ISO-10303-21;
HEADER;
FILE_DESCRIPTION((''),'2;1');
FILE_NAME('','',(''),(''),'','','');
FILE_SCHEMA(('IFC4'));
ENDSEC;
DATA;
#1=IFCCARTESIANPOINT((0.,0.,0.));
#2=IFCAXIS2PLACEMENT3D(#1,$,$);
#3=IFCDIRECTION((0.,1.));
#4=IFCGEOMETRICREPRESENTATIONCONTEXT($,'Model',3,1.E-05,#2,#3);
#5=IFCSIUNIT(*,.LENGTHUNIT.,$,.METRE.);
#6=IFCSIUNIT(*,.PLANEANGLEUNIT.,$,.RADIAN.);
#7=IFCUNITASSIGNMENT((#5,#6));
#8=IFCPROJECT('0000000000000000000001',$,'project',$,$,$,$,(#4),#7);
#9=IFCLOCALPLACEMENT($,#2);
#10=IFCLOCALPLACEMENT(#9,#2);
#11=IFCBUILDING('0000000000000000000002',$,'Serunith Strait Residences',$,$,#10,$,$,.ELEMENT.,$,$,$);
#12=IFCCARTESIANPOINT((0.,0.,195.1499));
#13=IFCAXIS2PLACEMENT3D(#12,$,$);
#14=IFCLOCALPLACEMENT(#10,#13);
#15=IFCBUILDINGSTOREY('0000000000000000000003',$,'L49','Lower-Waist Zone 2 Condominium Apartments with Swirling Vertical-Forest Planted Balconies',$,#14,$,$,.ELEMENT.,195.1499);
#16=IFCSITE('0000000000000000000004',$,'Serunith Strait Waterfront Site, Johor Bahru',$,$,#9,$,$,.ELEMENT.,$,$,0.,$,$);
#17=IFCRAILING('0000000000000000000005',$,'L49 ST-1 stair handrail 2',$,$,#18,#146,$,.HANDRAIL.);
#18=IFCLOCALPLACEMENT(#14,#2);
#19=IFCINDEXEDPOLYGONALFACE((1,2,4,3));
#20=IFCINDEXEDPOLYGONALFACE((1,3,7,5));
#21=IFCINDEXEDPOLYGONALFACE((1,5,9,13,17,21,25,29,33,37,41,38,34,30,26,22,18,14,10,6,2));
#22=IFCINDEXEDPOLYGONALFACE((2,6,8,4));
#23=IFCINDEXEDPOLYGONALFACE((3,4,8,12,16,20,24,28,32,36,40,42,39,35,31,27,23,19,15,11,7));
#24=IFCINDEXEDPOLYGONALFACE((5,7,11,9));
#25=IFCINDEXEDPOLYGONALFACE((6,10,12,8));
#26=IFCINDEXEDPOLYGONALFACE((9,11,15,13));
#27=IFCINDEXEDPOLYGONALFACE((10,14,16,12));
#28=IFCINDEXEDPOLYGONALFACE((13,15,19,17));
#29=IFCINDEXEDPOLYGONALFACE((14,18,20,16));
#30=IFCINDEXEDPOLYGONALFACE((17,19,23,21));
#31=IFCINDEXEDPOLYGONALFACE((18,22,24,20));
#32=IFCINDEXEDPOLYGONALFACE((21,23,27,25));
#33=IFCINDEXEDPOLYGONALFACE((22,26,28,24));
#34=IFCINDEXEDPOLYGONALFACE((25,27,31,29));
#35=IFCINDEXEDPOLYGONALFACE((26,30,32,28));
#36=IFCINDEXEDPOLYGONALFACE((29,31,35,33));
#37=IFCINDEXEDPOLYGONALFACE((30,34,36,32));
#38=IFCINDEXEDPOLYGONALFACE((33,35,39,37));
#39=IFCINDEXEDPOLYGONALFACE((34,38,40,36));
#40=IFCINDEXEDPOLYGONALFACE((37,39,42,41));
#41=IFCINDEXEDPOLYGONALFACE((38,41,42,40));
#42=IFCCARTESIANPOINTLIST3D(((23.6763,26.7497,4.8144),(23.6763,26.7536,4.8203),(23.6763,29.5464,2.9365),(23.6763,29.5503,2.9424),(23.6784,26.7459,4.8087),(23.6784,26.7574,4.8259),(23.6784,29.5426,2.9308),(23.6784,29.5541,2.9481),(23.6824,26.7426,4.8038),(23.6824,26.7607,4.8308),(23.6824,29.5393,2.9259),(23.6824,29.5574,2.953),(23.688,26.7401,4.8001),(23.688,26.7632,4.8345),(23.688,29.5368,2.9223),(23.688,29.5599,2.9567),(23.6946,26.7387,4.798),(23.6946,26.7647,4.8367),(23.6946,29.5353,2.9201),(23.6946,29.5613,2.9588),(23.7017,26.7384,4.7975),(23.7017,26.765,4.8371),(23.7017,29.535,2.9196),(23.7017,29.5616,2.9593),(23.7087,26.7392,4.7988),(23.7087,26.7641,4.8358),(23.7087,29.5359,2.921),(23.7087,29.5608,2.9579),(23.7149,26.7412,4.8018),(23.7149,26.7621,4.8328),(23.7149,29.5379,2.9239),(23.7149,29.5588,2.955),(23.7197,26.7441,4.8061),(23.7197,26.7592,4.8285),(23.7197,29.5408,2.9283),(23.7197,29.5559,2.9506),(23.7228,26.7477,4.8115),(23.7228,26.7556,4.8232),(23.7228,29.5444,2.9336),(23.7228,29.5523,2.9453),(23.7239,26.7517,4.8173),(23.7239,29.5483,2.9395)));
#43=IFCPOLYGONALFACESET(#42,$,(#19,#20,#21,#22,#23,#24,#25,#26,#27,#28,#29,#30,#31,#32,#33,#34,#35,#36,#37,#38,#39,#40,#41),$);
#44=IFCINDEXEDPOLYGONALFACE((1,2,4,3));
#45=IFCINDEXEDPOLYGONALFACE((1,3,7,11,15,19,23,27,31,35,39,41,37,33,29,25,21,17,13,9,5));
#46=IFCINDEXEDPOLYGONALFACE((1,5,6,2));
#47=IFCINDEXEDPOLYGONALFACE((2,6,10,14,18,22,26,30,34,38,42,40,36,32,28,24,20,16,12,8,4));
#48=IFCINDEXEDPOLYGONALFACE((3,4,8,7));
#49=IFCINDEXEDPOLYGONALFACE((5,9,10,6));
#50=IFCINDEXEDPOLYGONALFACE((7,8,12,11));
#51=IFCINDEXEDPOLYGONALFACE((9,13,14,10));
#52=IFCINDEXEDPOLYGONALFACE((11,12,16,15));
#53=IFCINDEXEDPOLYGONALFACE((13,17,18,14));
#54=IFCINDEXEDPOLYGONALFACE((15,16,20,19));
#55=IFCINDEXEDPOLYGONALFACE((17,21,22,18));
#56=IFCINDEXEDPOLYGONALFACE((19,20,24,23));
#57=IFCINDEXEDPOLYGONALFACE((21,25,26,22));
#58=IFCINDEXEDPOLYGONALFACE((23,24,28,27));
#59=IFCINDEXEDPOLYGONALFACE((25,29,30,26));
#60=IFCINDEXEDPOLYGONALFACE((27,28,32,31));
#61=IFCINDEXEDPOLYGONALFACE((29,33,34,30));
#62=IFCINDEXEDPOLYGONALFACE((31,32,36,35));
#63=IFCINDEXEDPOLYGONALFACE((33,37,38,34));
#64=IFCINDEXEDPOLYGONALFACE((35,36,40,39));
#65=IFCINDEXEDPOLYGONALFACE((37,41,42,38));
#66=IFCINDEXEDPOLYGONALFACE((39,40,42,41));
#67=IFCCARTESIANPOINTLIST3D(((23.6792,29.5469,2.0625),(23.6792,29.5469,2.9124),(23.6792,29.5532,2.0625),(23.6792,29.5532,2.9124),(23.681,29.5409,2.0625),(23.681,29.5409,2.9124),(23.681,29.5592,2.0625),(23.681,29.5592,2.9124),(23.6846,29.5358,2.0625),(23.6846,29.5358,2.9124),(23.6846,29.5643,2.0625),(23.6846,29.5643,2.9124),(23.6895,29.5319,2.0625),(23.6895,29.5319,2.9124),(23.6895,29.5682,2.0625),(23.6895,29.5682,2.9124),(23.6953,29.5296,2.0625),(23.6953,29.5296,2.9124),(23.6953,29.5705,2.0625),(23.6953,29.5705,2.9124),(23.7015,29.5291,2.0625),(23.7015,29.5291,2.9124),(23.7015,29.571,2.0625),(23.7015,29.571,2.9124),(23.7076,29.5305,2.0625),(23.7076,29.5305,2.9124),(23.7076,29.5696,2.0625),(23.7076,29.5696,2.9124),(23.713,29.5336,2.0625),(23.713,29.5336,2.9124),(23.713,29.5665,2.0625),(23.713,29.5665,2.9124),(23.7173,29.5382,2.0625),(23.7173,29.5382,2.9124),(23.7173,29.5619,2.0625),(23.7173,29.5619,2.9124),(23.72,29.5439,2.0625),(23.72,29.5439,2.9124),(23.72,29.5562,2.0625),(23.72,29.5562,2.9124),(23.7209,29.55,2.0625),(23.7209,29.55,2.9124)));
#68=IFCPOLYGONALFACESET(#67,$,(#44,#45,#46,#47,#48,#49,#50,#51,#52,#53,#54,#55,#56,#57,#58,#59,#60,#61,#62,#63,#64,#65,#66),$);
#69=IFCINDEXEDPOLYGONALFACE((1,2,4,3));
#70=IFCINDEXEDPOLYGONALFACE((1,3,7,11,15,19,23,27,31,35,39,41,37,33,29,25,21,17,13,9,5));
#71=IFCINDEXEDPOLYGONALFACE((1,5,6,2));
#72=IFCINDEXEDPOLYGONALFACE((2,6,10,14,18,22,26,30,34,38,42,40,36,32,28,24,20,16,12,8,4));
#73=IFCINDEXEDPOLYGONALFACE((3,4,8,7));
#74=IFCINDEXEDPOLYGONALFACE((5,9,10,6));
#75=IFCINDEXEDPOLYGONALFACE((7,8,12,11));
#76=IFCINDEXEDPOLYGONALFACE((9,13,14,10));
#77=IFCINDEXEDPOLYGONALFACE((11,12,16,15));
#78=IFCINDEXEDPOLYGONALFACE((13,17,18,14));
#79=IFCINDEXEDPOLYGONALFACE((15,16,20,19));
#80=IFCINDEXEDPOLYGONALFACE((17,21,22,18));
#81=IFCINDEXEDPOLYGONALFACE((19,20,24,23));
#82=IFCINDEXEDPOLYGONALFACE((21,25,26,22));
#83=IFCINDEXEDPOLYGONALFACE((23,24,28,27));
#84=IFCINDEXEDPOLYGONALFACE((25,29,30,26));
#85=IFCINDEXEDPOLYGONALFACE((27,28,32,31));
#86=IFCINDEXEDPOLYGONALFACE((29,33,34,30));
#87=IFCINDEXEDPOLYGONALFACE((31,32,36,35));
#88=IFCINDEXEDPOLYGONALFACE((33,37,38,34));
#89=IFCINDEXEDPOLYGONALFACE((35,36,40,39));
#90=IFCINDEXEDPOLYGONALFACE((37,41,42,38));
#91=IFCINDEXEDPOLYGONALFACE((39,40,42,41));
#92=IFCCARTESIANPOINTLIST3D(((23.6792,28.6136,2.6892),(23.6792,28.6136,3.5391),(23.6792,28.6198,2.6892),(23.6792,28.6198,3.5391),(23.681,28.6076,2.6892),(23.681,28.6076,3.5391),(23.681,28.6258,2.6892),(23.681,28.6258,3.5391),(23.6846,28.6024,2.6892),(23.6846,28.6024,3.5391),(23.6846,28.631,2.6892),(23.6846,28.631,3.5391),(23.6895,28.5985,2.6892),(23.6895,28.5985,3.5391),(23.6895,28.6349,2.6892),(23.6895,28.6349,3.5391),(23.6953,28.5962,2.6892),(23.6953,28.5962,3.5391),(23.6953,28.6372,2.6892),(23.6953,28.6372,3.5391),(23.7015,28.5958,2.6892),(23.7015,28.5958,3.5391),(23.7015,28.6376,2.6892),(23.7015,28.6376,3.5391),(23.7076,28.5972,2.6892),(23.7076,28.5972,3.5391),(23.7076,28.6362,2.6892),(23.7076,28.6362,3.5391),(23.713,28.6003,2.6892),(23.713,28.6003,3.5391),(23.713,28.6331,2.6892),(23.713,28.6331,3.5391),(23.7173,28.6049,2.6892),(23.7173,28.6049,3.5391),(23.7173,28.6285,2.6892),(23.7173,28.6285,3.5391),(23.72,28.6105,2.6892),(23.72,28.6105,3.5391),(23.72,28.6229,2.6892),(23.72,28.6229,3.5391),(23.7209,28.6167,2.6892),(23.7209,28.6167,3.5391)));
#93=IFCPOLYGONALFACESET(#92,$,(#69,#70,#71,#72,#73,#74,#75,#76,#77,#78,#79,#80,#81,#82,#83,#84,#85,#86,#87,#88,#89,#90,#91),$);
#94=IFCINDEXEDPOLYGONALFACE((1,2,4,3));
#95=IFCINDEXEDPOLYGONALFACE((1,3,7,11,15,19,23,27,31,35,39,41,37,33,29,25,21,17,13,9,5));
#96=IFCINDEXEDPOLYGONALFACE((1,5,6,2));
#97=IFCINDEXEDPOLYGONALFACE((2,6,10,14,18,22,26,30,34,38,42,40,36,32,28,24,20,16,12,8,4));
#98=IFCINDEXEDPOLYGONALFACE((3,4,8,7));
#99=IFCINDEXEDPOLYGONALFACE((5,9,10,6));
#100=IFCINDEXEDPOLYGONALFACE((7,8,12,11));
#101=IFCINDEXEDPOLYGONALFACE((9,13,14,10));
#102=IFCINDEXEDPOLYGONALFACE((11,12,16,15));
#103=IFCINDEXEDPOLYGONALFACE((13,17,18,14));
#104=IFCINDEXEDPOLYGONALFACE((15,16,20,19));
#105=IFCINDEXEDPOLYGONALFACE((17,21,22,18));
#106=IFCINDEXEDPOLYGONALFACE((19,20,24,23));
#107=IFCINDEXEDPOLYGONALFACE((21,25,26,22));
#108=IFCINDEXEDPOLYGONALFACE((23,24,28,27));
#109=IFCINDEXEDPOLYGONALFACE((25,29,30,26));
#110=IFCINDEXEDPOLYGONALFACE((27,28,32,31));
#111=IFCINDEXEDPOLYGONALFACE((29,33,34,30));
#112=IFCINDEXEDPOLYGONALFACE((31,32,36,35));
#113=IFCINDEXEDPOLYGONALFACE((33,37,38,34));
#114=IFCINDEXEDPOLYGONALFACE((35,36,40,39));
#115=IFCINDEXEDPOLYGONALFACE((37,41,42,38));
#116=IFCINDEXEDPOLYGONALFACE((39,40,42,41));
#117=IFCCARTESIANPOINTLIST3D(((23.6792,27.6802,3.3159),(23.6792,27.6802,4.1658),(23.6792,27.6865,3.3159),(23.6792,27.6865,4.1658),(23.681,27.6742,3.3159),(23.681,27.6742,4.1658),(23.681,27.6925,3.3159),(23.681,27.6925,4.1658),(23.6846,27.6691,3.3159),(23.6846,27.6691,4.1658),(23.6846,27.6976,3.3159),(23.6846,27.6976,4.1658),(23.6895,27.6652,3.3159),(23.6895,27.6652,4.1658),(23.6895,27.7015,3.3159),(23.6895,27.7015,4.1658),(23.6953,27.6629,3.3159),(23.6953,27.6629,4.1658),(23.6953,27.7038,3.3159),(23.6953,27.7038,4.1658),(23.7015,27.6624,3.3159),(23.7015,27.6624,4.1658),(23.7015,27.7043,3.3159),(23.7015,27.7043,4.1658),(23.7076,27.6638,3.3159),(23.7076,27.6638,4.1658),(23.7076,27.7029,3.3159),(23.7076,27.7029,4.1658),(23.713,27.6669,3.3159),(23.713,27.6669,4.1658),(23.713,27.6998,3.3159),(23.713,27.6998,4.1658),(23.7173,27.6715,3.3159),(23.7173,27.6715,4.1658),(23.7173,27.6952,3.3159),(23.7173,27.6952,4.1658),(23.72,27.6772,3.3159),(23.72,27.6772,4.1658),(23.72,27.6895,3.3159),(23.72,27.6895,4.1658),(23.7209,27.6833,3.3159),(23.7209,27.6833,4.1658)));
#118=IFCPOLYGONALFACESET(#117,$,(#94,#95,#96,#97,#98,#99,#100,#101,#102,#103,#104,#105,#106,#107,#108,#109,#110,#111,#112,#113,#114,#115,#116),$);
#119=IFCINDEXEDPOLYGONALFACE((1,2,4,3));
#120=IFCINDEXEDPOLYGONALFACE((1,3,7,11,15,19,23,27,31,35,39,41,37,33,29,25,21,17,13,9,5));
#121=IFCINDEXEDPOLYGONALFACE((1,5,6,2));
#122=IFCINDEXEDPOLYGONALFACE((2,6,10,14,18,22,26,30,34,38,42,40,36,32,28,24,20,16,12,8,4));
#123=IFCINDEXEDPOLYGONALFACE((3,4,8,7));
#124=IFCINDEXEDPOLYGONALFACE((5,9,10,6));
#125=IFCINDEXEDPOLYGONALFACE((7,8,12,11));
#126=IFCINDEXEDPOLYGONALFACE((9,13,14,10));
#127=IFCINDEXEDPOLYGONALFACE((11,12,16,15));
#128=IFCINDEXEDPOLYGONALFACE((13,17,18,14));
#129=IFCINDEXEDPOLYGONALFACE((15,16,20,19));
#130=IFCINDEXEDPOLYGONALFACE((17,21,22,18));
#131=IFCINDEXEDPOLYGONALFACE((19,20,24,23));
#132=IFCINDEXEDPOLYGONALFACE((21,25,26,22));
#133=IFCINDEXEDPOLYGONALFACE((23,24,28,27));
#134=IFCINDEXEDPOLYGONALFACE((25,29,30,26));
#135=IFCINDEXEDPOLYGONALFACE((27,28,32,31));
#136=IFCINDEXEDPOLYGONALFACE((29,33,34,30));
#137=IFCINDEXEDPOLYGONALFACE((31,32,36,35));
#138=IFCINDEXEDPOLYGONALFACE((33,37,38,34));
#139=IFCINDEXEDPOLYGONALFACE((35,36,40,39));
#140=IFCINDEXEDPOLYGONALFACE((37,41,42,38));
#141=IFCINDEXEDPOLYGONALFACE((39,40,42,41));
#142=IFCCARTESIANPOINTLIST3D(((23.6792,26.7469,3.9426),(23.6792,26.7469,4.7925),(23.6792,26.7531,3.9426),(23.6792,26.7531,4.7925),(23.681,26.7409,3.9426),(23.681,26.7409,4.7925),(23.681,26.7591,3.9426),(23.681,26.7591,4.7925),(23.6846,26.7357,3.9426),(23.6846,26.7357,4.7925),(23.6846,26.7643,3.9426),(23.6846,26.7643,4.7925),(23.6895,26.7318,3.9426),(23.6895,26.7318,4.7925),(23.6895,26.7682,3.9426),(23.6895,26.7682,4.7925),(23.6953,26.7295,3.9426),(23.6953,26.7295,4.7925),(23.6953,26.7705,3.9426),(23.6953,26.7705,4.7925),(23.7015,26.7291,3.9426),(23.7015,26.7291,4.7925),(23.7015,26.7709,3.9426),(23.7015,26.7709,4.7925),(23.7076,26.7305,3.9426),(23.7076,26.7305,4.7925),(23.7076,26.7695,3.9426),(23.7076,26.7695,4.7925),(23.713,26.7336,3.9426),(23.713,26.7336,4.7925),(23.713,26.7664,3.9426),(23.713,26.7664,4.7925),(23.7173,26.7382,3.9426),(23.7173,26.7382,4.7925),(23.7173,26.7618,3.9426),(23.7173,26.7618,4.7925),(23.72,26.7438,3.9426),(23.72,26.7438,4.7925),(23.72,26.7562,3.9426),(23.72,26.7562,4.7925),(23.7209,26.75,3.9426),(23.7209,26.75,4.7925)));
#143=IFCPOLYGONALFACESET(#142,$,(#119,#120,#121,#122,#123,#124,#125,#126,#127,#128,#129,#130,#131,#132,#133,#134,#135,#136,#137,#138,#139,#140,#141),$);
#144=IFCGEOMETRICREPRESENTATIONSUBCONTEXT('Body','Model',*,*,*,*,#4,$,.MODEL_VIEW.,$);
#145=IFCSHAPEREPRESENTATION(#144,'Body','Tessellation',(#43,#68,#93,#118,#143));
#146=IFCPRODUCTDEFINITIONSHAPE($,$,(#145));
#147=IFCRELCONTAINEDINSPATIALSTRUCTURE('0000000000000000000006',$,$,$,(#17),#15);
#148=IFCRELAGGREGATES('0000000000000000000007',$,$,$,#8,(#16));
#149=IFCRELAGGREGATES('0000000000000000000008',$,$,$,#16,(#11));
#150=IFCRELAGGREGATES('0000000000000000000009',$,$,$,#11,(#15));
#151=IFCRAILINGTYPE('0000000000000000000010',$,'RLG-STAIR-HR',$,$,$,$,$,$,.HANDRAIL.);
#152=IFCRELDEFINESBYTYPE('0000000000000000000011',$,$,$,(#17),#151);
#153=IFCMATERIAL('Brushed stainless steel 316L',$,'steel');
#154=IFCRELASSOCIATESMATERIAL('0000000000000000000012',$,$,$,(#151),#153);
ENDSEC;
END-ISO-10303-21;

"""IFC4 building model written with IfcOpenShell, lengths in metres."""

from ifc_helpers import new_model, si_unit, direction, frame, origin, origin_2d, place, context, subcontext, project, spatial, circle, extrude, material, type_object, element, save


model = new_model("IFC4")

# Units and contexts
model_context = context("Model", 3, precision=1e-05, world=origin(), true_north=direction((0.0, 1.0)))
body_context = subcontext(model_context, "Body", "Model", "MODEL_VIEW")
ifc_project = project(units=[si_unit("LENGTHUNIT", "METRE"), si_unit("PLANEANGLEUNIT", "RADIAN")], contexts=[model_context])

# Site, building, storey
site_placement = place(None, origin())
site = spatial("IfcSite", under=ifc_project, at=site_placement, Name="Serunith Strait Waterfront Site, Johor Bahru", CompositionType="ELEMENT", RefElevation=0.0)
building_placement = place(site_placement, origin())
building = spatial("IfcBuilding", under=site, at=building_placement, Name="Serunith Strait Residences", CompositionType="ELEMENT")
storey_placement = place(building_placement, frame((0.0, 0.0, 195.1499)))
storey = spatial("IfcBuildingStorey", under=building, at=storey_placement, Name="L49", Description="Lower-Waist Zone 2 Condominium Apartments with Swirling Vertical-Forest Planted Balconies", CompositionType="ELEMENT", Elevation=195.1499)

# Railing
ifc_material_1 = material(Name="Brushed stainless steel 316L", Category="steel")
railing_type_1 = type_object("IfcRailingType", Name="RLG-STAIR-HR", PredefinedType="HANDRAIL", material=ifc_material_1)
railing_1_placement = place(storey_placement, frame((23.7, 29.55, 2.0625)))
element("IfcRailing", 1, at=railing_1_placement, inside=storey, type_object=railing_type_1, Name="L49 ST-1 stair handrail 2", PredefinedType="HANDRAIL", context=body_context, shape_type="SweptSolid", body=[
    extrude(circle(Radius=0.0239, at=origin_2d()), frame((0.0, -0.0017, 0.877), z_axis=(0.0, -0.830208, 0.557453), x_axis=(1.0, 0.0, 0.0)), (0.0, 0.0, 1.0), 3.3687),
    extrude(circle(Radius=0.021, at=origin_2d()), origin(), (0.0, 0.0, 1.0), 0.8499),
    extrude(circle(Radius=0.021, at=origin_2d()), frame((0.0, -0.9333, 0.6267)), (0.0, 0.0, 1.0), 0.8499),
    extrude(circle(Radius=0.021, at=origin_2d()), frame((0.0, -1.8667, 1.2534)), (0.0, 0.0, 1.0), 0.8499),
    extrude(circle(Radius=0.021, at=origin_2d()), frame((0.0, -2.8, 1.8801)), (0.0, 0.0, 1.0), 0.8499),
])

save(model, "model.ifc")
